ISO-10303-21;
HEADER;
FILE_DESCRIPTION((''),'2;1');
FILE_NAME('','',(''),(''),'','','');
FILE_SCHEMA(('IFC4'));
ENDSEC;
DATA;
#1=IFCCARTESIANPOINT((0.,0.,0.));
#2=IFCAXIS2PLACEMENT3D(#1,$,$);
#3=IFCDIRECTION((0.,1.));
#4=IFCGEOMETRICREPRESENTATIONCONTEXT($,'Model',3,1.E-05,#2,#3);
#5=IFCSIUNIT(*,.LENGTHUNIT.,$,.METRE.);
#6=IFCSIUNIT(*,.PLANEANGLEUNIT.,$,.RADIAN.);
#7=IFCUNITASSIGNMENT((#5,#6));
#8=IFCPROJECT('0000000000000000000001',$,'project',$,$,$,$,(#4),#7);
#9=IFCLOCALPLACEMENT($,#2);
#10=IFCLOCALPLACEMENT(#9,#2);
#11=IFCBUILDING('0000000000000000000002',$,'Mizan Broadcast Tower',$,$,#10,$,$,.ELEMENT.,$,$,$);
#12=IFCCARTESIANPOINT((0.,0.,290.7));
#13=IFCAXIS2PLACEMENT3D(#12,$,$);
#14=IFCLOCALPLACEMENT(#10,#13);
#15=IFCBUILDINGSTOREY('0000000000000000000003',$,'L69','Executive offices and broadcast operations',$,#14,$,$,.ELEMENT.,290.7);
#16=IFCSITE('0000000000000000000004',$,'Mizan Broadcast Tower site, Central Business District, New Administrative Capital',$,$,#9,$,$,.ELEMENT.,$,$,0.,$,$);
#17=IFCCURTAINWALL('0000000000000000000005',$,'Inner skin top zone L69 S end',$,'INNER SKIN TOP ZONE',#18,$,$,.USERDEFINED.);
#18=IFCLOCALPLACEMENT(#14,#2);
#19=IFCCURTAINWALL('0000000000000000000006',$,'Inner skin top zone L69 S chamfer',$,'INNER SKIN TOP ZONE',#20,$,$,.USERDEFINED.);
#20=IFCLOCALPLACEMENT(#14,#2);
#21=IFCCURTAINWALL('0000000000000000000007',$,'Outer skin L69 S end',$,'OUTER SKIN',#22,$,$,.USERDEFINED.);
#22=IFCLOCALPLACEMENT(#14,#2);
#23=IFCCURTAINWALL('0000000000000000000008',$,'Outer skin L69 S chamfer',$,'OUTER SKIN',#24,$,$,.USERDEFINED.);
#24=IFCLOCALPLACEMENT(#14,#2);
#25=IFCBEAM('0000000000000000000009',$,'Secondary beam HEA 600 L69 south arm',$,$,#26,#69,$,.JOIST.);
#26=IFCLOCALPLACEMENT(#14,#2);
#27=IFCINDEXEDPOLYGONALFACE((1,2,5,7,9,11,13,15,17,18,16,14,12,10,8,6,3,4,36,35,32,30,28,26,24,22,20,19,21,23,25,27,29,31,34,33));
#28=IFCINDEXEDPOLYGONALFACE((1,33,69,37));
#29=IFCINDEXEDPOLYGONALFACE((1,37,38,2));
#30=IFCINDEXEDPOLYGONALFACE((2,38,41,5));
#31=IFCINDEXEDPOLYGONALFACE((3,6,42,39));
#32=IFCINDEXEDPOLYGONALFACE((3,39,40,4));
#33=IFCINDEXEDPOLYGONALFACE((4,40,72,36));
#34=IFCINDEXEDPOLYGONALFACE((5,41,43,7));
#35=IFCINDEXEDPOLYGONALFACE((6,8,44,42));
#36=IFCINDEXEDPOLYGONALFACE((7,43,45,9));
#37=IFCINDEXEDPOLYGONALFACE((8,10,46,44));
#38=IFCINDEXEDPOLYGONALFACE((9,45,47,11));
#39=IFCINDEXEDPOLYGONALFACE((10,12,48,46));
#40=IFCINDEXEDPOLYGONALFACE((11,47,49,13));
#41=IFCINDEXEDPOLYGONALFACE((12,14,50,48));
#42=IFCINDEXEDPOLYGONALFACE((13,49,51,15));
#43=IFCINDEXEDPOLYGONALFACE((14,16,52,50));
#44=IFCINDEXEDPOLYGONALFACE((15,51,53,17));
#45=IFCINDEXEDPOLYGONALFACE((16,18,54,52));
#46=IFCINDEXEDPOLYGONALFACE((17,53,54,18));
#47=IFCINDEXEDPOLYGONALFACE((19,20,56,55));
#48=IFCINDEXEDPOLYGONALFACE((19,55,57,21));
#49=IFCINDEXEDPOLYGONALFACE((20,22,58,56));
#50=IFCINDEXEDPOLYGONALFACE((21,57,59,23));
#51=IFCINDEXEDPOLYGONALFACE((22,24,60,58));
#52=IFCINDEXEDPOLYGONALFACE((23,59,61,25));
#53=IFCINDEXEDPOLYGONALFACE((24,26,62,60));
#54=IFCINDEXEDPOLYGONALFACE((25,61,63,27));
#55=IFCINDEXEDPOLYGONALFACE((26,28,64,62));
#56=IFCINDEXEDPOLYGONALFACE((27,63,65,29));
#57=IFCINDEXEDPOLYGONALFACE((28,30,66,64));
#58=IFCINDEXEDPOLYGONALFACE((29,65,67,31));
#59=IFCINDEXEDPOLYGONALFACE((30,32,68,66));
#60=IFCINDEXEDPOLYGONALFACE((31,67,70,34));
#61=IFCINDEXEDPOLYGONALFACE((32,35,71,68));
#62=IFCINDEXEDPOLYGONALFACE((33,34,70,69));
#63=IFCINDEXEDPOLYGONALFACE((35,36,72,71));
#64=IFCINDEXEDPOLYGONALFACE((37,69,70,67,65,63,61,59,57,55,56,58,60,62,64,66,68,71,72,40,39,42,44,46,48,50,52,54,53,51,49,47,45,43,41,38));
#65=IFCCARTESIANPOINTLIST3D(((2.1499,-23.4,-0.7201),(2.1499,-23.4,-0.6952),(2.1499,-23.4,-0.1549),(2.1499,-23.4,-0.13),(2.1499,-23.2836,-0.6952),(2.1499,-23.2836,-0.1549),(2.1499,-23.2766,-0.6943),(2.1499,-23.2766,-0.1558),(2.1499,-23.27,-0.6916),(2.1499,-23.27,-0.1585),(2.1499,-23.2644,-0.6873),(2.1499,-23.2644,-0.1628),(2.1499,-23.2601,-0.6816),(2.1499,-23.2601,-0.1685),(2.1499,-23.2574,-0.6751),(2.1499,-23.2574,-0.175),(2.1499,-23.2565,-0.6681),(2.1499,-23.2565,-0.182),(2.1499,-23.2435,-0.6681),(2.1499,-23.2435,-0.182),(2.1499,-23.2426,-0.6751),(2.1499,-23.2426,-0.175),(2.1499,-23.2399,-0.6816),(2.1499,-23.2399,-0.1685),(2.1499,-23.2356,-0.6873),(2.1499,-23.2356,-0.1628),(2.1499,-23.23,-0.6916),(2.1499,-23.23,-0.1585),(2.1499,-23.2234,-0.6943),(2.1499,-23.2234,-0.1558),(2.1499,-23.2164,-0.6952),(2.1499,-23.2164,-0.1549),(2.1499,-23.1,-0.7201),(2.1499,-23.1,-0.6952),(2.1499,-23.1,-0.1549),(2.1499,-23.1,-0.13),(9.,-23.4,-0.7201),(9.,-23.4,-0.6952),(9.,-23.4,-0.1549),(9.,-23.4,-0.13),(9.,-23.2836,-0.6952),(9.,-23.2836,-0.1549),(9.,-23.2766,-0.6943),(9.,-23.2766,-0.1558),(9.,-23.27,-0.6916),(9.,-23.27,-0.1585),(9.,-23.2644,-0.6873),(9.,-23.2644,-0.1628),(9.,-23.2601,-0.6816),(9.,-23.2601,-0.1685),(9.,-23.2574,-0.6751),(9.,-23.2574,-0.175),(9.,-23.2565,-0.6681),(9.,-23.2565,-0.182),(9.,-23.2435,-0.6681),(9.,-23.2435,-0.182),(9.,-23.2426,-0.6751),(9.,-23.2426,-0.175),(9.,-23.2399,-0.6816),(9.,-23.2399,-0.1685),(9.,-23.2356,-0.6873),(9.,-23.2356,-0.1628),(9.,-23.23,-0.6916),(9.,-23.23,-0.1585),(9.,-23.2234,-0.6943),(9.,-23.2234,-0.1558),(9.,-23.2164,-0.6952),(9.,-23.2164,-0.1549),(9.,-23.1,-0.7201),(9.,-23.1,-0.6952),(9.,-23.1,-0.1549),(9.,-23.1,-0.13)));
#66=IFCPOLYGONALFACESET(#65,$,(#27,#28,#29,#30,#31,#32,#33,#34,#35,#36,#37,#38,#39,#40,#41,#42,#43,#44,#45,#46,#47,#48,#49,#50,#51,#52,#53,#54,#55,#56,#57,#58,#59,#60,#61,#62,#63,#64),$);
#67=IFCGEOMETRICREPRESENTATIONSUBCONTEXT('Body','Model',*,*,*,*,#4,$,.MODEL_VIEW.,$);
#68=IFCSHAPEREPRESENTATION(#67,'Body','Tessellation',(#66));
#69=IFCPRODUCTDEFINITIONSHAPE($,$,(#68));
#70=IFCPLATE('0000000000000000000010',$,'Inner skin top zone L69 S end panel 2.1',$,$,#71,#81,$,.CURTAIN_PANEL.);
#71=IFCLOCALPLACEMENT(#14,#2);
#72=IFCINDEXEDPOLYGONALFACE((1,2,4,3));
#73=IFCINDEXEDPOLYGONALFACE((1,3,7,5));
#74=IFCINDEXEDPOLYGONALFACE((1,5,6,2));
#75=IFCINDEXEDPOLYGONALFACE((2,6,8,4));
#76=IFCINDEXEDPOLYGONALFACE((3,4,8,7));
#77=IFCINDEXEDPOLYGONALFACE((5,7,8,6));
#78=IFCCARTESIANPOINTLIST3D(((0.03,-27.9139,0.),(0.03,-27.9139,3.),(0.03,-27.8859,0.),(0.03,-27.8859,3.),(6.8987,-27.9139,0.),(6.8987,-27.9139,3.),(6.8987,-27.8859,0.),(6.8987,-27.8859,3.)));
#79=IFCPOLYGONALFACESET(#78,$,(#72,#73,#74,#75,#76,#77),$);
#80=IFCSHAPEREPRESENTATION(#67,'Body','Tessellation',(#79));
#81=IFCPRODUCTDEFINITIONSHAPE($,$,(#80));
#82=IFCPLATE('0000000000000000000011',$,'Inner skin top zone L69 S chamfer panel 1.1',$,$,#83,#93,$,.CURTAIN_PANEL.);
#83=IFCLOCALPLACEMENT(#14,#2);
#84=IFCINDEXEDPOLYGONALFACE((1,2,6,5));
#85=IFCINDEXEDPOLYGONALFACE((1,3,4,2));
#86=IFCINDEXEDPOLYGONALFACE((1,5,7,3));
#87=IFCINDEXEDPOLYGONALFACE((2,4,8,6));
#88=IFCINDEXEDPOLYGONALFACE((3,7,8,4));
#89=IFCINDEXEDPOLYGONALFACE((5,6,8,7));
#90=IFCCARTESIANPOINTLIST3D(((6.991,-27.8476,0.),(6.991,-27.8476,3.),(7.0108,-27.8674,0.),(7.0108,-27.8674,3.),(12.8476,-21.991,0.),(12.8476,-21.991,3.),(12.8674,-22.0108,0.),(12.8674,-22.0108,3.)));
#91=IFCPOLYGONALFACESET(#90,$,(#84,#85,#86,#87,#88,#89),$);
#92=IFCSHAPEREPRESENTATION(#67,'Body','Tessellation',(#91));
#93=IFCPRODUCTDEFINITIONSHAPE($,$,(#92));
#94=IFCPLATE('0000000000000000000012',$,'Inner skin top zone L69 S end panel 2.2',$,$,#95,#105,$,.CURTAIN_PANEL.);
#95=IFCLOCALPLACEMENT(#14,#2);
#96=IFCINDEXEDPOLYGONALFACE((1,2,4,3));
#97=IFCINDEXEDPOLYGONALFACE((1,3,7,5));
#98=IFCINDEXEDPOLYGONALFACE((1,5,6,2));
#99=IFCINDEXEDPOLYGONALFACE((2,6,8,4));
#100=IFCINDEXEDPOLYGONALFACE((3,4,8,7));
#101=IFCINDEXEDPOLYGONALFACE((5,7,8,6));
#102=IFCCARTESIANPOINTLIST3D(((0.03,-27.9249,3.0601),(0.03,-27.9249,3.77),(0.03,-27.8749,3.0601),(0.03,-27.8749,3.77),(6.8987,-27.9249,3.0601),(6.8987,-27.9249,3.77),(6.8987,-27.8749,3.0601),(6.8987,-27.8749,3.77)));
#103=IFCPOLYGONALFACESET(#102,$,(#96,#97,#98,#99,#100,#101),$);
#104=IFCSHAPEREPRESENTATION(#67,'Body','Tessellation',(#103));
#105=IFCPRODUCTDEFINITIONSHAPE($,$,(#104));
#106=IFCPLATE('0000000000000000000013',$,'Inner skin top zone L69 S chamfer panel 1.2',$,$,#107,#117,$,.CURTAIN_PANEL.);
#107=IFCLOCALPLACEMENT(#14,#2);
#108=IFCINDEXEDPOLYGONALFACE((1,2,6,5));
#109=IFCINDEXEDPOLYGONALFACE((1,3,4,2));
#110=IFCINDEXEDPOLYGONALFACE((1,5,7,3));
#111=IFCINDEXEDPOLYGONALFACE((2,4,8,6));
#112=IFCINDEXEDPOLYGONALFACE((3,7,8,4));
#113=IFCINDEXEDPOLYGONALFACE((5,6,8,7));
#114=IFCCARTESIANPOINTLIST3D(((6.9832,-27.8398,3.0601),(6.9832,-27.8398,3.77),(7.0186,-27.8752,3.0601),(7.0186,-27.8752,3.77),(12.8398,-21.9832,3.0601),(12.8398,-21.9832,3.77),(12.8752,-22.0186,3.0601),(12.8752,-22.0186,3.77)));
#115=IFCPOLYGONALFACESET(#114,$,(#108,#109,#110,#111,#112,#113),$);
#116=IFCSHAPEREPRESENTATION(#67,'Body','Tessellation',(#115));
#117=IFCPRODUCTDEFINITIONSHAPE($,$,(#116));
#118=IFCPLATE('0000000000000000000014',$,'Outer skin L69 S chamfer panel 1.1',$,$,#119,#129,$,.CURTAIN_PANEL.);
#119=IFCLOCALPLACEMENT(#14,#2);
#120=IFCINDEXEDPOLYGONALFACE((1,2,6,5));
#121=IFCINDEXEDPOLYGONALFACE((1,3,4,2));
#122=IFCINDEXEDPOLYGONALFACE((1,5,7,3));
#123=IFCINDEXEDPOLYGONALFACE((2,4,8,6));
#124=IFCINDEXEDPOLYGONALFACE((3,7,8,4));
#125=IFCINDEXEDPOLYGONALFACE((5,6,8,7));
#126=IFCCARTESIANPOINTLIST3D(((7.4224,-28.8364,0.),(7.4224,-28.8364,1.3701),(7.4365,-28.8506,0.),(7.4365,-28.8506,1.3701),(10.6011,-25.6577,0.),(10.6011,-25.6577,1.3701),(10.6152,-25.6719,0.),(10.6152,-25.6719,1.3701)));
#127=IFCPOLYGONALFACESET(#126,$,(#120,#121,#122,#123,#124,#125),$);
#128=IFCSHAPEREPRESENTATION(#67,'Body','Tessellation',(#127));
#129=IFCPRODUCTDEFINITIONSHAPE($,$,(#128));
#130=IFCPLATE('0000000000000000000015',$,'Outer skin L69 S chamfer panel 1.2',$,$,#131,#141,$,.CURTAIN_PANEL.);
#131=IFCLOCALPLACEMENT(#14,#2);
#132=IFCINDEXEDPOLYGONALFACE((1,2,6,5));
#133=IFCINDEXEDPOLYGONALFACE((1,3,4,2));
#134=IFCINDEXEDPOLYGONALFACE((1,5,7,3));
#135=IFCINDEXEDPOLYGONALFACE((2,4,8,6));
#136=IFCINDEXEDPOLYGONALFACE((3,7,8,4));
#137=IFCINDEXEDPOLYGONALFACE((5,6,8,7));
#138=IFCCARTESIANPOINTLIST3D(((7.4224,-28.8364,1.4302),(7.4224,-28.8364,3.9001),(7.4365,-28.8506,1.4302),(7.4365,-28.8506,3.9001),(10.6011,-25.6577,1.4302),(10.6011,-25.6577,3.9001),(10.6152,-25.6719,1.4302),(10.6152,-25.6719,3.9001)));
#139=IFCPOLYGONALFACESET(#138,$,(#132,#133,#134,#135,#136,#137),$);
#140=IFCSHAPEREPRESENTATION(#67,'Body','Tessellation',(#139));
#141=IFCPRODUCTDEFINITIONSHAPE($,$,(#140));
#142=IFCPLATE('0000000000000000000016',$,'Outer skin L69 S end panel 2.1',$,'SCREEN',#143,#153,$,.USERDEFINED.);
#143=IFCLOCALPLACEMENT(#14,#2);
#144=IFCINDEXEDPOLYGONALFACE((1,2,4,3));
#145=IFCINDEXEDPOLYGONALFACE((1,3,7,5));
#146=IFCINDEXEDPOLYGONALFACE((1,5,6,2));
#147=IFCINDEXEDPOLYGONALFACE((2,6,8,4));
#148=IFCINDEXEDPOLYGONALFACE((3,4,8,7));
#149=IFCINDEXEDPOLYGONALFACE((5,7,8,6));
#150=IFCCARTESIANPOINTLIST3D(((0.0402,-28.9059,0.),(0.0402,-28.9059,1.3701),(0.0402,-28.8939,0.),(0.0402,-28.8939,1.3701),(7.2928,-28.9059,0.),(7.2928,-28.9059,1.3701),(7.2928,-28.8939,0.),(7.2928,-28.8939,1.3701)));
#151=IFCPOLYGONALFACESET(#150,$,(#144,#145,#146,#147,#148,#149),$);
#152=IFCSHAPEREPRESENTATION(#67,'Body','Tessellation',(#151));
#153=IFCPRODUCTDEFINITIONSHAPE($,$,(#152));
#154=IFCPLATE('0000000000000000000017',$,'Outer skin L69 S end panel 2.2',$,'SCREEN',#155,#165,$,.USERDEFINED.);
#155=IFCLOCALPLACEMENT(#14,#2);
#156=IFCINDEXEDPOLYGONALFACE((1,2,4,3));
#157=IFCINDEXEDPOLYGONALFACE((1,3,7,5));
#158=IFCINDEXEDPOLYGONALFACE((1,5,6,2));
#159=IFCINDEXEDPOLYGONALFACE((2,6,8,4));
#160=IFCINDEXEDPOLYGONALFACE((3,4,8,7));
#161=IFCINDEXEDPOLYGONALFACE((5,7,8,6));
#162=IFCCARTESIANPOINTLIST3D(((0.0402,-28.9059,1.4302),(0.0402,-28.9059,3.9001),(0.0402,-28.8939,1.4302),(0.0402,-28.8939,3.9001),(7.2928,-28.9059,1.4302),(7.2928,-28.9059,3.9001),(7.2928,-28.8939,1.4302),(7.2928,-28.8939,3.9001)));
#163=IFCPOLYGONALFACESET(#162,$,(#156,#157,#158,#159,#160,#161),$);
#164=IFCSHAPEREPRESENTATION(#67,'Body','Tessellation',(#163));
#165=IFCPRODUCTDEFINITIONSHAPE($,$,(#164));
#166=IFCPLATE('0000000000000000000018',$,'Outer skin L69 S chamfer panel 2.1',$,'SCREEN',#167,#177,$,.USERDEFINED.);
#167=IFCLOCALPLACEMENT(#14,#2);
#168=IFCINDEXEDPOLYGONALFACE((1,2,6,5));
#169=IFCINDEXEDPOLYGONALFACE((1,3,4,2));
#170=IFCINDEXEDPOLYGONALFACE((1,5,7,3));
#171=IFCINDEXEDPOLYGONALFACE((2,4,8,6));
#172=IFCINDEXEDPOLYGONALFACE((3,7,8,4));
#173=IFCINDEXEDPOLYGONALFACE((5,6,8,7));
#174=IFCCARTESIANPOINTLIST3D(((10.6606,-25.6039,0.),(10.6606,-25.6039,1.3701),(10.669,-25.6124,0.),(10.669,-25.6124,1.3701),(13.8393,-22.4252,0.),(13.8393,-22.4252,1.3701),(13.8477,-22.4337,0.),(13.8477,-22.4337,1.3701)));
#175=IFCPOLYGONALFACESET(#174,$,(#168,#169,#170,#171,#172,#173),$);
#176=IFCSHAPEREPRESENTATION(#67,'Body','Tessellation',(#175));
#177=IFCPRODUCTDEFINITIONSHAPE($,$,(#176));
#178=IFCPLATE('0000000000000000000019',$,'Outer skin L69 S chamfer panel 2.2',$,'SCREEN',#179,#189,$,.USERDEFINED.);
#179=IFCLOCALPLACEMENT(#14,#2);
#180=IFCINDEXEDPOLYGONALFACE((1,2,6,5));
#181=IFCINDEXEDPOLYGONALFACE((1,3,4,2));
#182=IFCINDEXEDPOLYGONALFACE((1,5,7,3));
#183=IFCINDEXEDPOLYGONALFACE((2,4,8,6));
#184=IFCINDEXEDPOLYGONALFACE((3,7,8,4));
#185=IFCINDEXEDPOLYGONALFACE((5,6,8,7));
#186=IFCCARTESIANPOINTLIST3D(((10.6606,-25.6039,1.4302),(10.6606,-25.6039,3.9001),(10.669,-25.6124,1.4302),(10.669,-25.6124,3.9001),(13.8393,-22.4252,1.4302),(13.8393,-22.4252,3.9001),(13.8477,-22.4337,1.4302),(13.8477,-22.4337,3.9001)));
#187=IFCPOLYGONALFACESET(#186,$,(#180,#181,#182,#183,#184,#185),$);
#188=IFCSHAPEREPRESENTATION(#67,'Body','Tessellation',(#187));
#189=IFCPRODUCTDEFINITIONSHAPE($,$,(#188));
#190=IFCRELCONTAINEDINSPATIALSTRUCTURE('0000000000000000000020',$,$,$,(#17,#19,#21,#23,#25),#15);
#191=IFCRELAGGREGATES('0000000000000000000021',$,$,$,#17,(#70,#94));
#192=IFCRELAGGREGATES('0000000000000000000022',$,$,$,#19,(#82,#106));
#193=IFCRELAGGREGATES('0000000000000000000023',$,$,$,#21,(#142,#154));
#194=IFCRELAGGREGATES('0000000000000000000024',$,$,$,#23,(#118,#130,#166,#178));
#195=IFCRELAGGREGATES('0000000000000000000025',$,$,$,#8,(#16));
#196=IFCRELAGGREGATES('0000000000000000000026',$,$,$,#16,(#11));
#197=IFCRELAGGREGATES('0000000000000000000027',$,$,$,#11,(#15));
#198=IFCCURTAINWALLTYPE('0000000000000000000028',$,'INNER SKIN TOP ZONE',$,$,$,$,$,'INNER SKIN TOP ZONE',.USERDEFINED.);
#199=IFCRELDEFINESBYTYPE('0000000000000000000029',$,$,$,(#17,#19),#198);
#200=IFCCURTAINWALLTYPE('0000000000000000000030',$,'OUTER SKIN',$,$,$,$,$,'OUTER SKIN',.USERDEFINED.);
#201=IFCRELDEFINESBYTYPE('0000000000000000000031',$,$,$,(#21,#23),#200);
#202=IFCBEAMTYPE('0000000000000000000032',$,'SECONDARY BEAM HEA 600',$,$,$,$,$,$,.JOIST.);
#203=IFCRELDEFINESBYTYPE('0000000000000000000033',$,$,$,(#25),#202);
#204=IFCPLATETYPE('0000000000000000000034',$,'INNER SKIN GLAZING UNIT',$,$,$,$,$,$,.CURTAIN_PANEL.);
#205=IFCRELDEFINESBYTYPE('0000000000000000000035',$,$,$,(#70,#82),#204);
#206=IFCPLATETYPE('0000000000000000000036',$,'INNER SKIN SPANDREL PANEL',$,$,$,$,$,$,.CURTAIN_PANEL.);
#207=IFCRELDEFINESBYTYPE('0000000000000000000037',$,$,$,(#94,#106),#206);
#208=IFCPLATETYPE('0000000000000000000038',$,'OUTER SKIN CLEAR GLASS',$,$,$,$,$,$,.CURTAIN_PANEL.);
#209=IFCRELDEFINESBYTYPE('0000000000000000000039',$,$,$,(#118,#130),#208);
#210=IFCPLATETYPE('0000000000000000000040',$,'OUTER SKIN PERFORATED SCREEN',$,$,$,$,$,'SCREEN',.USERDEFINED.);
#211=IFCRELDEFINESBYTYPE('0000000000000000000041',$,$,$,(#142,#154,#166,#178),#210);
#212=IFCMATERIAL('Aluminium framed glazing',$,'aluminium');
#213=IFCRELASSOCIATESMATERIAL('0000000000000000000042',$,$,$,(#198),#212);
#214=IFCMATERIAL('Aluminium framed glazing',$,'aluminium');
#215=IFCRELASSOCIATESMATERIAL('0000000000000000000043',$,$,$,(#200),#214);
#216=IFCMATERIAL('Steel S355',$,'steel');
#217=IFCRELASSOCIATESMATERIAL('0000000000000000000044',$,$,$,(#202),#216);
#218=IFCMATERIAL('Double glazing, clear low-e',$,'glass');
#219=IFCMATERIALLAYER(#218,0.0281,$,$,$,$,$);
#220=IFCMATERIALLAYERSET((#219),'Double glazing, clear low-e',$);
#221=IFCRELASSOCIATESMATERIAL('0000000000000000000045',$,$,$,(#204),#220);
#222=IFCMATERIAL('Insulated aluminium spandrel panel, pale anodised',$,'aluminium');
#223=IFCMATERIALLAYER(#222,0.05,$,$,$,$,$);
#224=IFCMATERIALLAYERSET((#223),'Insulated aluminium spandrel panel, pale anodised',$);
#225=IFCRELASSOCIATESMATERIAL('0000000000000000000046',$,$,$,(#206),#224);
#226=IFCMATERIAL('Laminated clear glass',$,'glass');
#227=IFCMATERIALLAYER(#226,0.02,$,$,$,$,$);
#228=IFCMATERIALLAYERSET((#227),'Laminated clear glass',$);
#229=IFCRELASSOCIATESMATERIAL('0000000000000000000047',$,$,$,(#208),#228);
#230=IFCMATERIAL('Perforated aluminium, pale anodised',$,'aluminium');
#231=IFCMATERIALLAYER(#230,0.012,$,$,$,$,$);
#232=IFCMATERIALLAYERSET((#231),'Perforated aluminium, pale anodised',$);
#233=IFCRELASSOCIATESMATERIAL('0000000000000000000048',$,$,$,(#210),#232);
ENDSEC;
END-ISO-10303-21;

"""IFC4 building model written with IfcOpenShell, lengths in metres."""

from ifc_helpers import new_model, si_unit, direction, frame, origin, origin_2d, place, context, subcontext, project, spatial, rectangle, i_section, extrude, material, layer, layer_set, material_profile, profile_set, type_object, element, aggregate, save


model = new_model("IFC4")

# Units and contexts
model_context = context("Model", 3, precision=1e-05, world=origin(), true_north=direction((0.0, 1.0)))
body_context = subcontext(model_context, "Body", "Model", "MODEL_VIEW")
ifc_project = project(units=[si_unit("LENGTHUNIT", "METRE"), si_unit("PLANEANGLEUNIT", "RADIAN")], contexts=[model_context])

# Site, building, storey
site_placement = place(None, origin())
site = spatial("IfcSite", under=ifc_project, at=site_placement, Name="Mizan Broadcast Tower site, Central Business District, New Administrative Capital", CompositionType="ELEMENT", RefElevation=0.0)
building_placement = place(site_placement, origin())
building = spatial("IfcBuilding", under=site, at=building_placement, Name="Mizan Broadcast Tower", CompositionType="ELEMENT")
storey_placement = place(building_placement, frame((0.0, 0.0, 290.7)))
storey = spatial("IfcBuildingStorey", under=building, at=storey_placement, Name="L69", Description="Executive offices and broadcast operations", CompositionType="ELEMENT", Elevation=290.7)

# Curtain walls
ifc_material_1 = material(Name="Aluminium framed glazing", Category="aluminium")
curtain_wall_type_1 = type_object("IfcCurtainWallType", Name="INNER SKIN TOP ZONE", ElementType="INNER SKIN TOP ZONE", PredefinedType="USERDEFINED", material=ifc_material_1)
curtain_wall_1_placement = place(storey_placement, origin())
curtain_wall_1 = element("IfcCurtainWall", 1, at=curtain_wall_1_placement, inside=storey, type_object=curtain_wall_type_1, Name="Inner skin top zone L69 S end", ObjectType="INNER SKIN TOP ZONE", PredefinedType="USERDEFINED")
curtain_wall_2_placement = place(storey_placement, origin())
curtain_wall_2 = element("IfcCurtainWall", 2, at=curtain_wall_2_placement, inside=storey, type_object=curtain_wall_type_1, Name="Inner skin top zone L69 S chamfer", ObjectType="INNER SKIN TOP ZONE", PredefinedType="USERDEFINED")

# Curtain walls
ifc_material_2 = material(Name="Aluminium framed glazing", Category="aluminium")
curtain_wall_type_2 = type_object("IfcCurtainWallType", Name="OUTER SKIN", ElementType="OUTER SKIN", PredefinedType="USERDEFINED", material=ifc_material_2)
curtain_wall_3_placement = place(storey_placement, origin())
curtain_wall_3 = element("IfcCurtainWall", 3, at=curtain_wall_3_placement, inside=storey, type_object=curtain_wall_type_2, Name="Outer skin L69 S end", ObjectType="OUTER SKIN", PredefinedType="USERDEFINED")
curtain_wall_4_placement = place(storey_placement, origin())
curtain_wall_4 = element("IfcCurtainWall", 4, at=curtain_wall_4_placement, inside=storey, type_object=curtain_wall_type_2, Name="Outer skin L69 S chamfer", ObjectType="OUTER SKIN", PredefinedType="USERDEFINED")

# Beam
ifc_material_3 = material(Name="Steel S355", Category="steel")
ifc_material_profile_1 = material_profile(ifc_material_3, i_section(OverallWidth=0.3, OverallDepth=0.5901, WebThickness=0.0129, FlangeThickness=0.0249, FilletRadius=0.0271, at=origin_2d()), Name="HEA 600")
ifc_profile_set_1 = profile_set([ifc_material_profile_1], Name="Steel S355")
beam_type_1 = type_object("IfcBeamType", Name="SECONDARY BEAM HEA 600", PredefinedType="JOIST", material=ifc_profile_set_1)
beam_1_placement = place(storey_placement, frame((9.0, -23.25, -0.425), z_axis=(-1.0, 0.0, 0.0), x_axis=(0.0, -1.0, 0.0)))
element("IfcBeam", 5, at=beam_1_placement, inside=storey, type_object=beam_type_1, Name="Secondary beam HEA 600 L69 south arm", PredefinedType="JOIST", context=body_context, shape_type="SweptSolid", body=[
    extrude(i_section(OverallWidth=0.3, OverallDepth=0.5901, WebThickness=0.0129, FlangeThickness=0.0249, FilletRadius=0.0271, at=origin_2d()), origin(), (0.0, 0.0, 1.0), 6.8501),
])

# Plates
ifc_material_4 = material(Name="Double glazing, clear low-e", Category="glass")
ifc_layer_1 = layer(ifc_material_4, 0.0281)
ifc_layer_set_1 = layer_set([ifc_layer_1], Name="Double glazing, clear low-e")
plate_type_1 = type_object("IfcPlateType", Name="INNER SKIN GLAZING UNIT", PredefinedType="CURTAIN_PANEL", material=ifc_layer_set_1)
plate_1_placement = place(storey_placement, frame((3.4644, -27.8999, 0.0), z_axis=(0.0, 0.0, 1.0), x_axis=(1.0, 0.0, 0.0)))
plate_1 = element("IfcPlate", 6, at=plate_1_placement, type_object=plate_type_1, Name="Inner skin top zone L69 S end panel 2.1", PredefinedType="CURTAIN_PANEL", context=body_context, shape_type="SweptSolid", body=[
    extrude(rectangle(XDim=6.8687, YDim=0.0281, at=origin_2d()), origin(), (0.0, 0.0, 1.0), 3.0),
])
plate_2_placement = place(storey_placement, frame((9.9292, -24.9292, 0.0), z_axis=(0.0, 0.0, 1.0), x_axis=(0.707107, 0.707107, 0.0)))
plate_2 = element("IfcPlate", 7, at=plate_2_placement, type_object=plate_type_1, Name="Inner skin top zone L69 S chamfer panel 1.1", PredefinedType="CURTAIN_PANEL", context=body_context, shape_type="SweptSolid", body=[
    extrude(rectangle(XDim=8.2825, YDim=0.0281, at=origin_2d()), origin(), (0.0, 0.0, 1.0), 3.0),
])
ifc_material_5 = material(Name="Insulated aluminium spandrel panel, pale anodised", Category="aluminium")
ifc_layer_2 = layer(ifc_material_5, 0.05)
ifc_layer_set_2 = layer_set([ifc_layer_2], Name="Insulated aluminium spandrel panel, pale anodised")
plate_type_2 = type_object("IfcPlateType", Name="INNER SKIN SPANDREL PANEL", PredefinedType="CURTAIN_PANEL", material=ifc_layer_set_2)
plate_3_placement = place(storey_placement, frame((3.4644, -27.8999, 3.0601), z_axis=(0.0, 0.0, 1.0), x_axis=(1.0, 0.0, 0.0)))
plate_3 = element("IfcPlate", 8, at=plate_3_placement, type_object=plate_type_2, Name="Inner skin top zone L69 S end panel 2.2", PredefinedType="CURTAIN_PANEL", context=body_context, shape_type="SweptSolid", body=[
    extrude(rectangle(XDim=6.8687, YDim=0.05, at=origin_2d()), origin(), (0.0, 0.0, 1.0), 0.71),
])
aggregate(curtain_wall_1, [plate_1, plate_3])
plate_4_placement = place(storey_placement, frame((9.9292, -24.9292, 3.0601), z_axis=(0.0, 0.0, 1.0), x_axis=(0.707107, 0.707107, 0.0)))
plate_4 = element("IfcPlate", 9, at=plate_4_placement, type_object=plate_type_2, Name="Inner skin top zone L69 S chamfer panel 1.2", PredefinedType="CURTAIN_PANEL", context=body_context, shape_type="SweptSolid", body=[
    extrude(rectangle(XDim=8.2825, YDim=0.05, at=origin_2d()), origin(), (0.0, 0.0, 1.0), 0.71),
])
aggregate(curtain_wall_2, [plate_2, plate_4])
ifc_material_6 = material(Name="Laminated clear glass", Category="glass")
ifc_layer_3 = layer(ifc_material_6, 0.02)
ifc_layer_set_3 = layer_set([ifc_layer_3], Name="Laminated clear glass")
plate_type_3 = type_object("IfcPlateType", Name="OUTER SKIN CLEAR GLASS", PredefinedType="CURTAIN_PANEL", material=ifc_layer_set_3)
plate_5_placement = place(storey_placement, frame((9.0188, -27.2542, 0.0), z_axis=(0.0, 0.0, 1.0), x_axis=(0.707107, 0.707107, 0.0)))
plate_5 = element("IfcPlate", 10, at=plate_5_placement, type_object=plate_type_3, Name="Outer skin L69 S chamfer panel 1.1", PredefinedType="CURTAIN_PANEL", context=body_context, shape_type="SweptSolid", body=[
    extrude(rectangle(XDim=4.4954, YDim=0.02, at=origin_2d()), origin(), (0.0, 0.0, 1.0), 1.3701),
])
plate_6_placement = place(storey_placement, frame((9.0188, -27.2542, 1.4302), z_axis=(0.0, 0.0, 1.0), x_axis=(0.707107, 0.707107, 0.0)))
plate_6 = element("IfcPlate", 11, at=plate_6_placement, type_object=plate_type_3, Name="Outer skin L69 S chamfer panel 1.2", PredefinedType="CURTAIN_PANEL", context=body_context, shape_type="SweptSolid", body=[
    extrude(rectangle(XDim=4.4954, YDim=0.02, at=origin_2d()), origin(), (0.0, 0.0, 1.0), 2.47),
])
ifc_material_7 = material(Name="Perforated aluminium, pale anodised", Category="aluminium")
ifc_layer_4 = layer(ifc_material_7, 0.012)
ifc_layer_set_4 = layer_set([ifc_layer_4], Name="Perforated aluminium, pale anodised")
plate_type_4 = type_object("IfcPlateType", Name="OUTER SKIN PERFORATED SCREEN", ElementType="SCREEN", PredefinedType="USERDEFINED", material=ifc_layer_set_4)
plate_7_placement = place(storey_placement, frame((3.6665, -28.8999, 0.0), z_axis=(0.0, 0.0, 1.0), x_axis=(1.0, 0.0, 0.0)))
plate_7 = element("IfcPlate", 12, at=plate_7_placement, type_object=plate_type_4, Name="Outer skin L69 S end panel 2.1", ObjectType="SCREEN", PredefinedType="USERDEFINED", context=body_context, shape_type="SweptSolid", body=[
    extrude(rectangle(XDim=7.2527, YDim=0.012, at=origin_2d()), origin(), (0.0, 0.0, 1.0), 1.3701),
])
plate_8_placement = place(storey_placement, frame((3.6665, -28.8999, 1.4302), z_axis=(0.0, 0.0, 1.0), x_axis=(1.0, 0.0, 0.0)))
plate_8 = element("IfcPlate", 13, at=plate_8_placement, type_object=plate_type_4, Name="Outer skin L69 S end panel 2.2", ObjectType="SCREEN", PredefinedType="USERDEFINED", context=body_context, shape_type="SweptSolid", body=[
    extrude(rectangle(XDim=7.2527, YDim=0.012, at=origin_2d()), origin(), (0.0, 0.0, 1.0), 2.47),
])
aggregate(curtain_wall_3, [plate_7, plate_8])
plate_9_placement = place(storey_placement, frame((12.2542, -24.0188, 0.0), z_axis=(0.0, 0.0, 1.0), x_axis=(0.707107, 0.707107, 0.0)))
plate_9 = element("IfcPlate", 14, at=plate_9_placement, type_object=plate_type_4, Name="Outer skin L69 S chamfer panel 2.1", ObjectType="SCREEN", PredefinedType="USERDEFINED", context=body_context, shape_type="SweptSolid", body=[
    extrude(rectangle(XDim=4.4954, YDim=0.012, at=origin_2d()), origin(), (0.0, 0.0, 1.0), 1.3701),
])
plate_10_placement = place(storey_placement, frame((12.2542, -24.0188, 1.4302), z_axis=(0.0, 0.0, 1.0), x_axis=(0.707107, 0.707107, 0.0)))
plate_10 = element("IfcPlate", 15, at=plate_10_placement, type_object=plate_type_4, Name="Outer skin L69 S chamfer panel 2.2", ObjectType="SCREEN", PredefinedType="USERDEFINED", context=body_context, shape_type="SweptSolid", body=[
    extrude(rectangle(XDim=4.4954, YDim=0.012, at=origin_2d()), origin(), (0.0, 0.0, 1.0), 2.47),
])
aggregate(curtain_wall_4, [plate_5, plate_6, plate_9, plate_10])

save(model, "model.ifc")
